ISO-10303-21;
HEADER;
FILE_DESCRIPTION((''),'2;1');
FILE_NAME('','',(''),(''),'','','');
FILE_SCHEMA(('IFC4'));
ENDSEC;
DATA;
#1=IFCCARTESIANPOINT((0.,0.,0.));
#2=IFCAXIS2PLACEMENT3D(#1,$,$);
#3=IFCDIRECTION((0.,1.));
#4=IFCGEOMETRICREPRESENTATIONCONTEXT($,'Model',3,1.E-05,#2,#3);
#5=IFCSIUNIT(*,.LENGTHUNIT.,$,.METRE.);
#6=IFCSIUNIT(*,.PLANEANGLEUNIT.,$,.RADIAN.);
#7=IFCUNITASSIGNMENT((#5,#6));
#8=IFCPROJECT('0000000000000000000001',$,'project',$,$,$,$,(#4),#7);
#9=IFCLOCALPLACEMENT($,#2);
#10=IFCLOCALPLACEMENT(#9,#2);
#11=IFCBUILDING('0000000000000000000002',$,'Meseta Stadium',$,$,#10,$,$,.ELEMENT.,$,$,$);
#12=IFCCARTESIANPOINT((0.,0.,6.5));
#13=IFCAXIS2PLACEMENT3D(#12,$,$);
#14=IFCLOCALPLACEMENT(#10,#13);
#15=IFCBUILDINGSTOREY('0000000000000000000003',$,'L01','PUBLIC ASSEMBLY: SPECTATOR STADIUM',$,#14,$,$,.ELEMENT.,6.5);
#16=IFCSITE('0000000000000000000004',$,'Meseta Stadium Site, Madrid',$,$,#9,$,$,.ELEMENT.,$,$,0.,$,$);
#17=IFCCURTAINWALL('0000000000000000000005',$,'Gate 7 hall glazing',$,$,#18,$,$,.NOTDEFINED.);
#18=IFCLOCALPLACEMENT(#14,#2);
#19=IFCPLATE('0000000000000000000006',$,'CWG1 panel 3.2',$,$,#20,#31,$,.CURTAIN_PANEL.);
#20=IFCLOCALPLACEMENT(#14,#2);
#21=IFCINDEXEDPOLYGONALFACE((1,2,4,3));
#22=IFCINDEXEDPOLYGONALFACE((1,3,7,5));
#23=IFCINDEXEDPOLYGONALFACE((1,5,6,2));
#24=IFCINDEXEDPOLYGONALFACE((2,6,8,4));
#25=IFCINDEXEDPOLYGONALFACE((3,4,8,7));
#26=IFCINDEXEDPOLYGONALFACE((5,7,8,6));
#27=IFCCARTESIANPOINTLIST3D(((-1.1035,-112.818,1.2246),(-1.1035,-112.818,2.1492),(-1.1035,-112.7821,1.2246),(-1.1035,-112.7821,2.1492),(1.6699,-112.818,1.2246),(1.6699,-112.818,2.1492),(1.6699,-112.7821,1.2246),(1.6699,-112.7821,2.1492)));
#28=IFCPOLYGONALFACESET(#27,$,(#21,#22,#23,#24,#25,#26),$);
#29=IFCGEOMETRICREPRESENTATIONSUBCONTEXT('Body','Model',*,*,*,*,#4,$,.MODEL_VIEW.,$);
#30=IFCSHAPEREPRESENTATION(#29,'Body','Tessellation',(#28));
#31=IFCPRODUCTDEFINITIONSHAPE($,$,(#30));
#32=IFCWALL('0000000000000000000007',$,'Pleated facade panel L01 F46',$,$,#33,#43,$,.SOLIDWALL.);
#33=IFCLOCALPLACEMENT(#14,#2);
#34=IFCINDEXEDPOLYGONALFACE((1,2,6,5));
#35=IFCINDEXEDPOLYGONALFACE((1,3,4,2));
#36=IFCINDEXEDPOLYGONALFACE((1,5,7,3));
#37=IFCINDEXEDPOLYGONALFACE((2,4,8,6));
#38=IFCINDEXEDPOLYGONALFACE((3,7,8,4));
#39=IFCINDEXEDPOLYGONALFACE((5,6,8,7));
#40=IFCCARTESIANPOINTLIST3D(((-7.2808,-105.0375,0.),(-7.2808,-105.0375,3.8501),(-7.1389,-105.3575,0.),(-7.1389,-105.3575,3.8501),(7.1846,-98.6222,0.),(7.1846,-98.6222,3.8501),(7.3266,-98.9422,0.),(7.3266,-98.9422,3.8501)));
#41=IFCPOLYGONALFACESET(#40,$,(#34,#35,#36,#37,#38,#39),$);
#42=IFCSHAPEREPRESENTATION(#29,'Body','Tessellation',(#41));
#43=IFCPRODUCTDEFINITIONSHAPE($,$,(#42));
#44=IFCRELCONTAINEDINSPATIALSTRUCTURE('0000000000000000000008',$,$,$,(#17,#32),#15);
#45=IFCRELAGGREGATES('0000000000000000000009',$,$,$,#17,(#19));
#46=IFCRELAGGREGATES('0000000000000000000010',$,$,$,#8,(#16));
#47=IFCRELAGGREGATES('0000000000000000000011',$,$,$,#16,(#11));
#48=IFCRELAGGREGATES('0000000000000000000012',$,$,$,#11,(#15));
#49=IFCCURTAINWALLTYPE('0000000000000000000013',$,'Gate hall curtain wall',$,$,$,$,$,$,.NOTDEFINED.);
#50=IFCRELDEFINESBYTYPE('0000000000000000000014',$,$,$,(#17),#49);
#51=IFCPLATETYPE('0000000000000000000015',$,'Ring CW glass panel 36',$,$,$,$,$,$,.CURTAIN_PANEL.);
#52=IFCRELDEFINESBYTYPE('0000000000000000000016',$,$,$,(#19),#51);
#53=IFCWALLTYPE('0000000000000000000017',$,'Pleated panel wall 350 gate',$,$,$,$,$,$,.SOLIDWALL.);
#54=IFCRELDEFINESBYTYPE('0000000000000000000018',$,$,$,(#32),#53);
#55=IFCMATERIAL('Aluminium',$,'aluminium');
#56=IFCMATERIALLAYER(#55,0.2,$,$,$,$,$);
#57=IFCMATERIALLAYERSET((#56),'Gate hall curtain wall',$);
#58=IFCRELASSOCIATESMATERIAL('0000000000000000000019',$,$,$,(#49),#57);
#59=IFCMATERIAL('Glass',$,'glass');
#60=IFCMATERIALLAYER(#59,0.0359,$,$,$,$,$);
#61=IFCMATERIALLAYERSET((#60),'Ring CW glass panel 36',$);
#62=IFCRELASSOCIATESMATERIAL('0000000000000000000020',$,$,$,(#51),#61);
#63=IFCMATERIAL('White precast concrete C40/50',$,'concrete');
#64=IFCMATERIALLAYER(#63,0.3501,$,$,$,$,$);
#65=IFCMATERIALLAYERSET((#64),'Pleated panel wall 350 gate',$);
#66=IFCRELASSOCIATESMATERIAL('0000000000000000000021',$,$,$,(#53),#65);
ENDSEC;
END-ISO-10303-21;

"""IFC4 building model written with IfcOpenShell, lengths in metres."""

from ifc_helpers import new_model, si_unit, direction, frame, frame_2d, origin, origin_2d, place, context, subcontext, project, spatial, rectangle, extrude, material, layer, layer_set, type_object, element, aggregate, save


model = new_model("IFC4")

# Units and contexts
model_context = context("Model", 3, precision=1e-05, world=origin(), true_north=direction((0.0, 1.0)))
body_context = subcontext(model_context, "Body", "Model", "MODEL_VIEW")
ifc_project = project(units=[si_unit("LENGTHUNIT", "METRE"), si_unit("PLANEANGLEUNIT", "RADIAN")], contexts=[model_context])

# Site, building, storey
site_placement = place(None, origin())
site = spatial("IfcSite", under=ifc_project, at=site_placement, Name="Meseta Stadium Site, Madrid", CompositionType="ELEMENT", RefElevation=0.0)
building_placement = place(site_placement, origin())
building = spatial("IfcBuilding", under=site, at=building_placement, Name="Meseta Stadium", CompositionType="ELEMENT")
storey_placement = place(building_placement, frame((0.0, 0.0, 6.5)))
storey = spatial("IfcBuildingStorey", under=building, at=storey_placement, Name="L01", Description="PUBLIC ASSEMBLY: SPECTATOR STADIUM", CompositionType="ELEMENT", Elevation=6.5)

# Curtain wall
ifc_material_1 = material(Name="Aluminium", Category="aluminium")
ifc_layer_1 = layer(ifc_material_1, 0.2)
ifc_layer_set_1 = layer_set([ifc_layer_1], Name="Gate hall curtain wall")
curtain_wall_type = type_object("IfcCurtainWallType", Name="Gate hall curtain wall", PredefinedType="NOTDEFINED", material=ifc_layer_set_1)
curtain_wall_placement = place(storey_placement, origin())
curtain_wall = element("IfcCurtainWall", 1, at=curtain_wall_placement, inside=storey, type_object=curtain_wall_type, Name="Gate 7 hall glazing", PredefinedType="NOTDEFINED")

# Plate
ifc_material_2 = material(Name="Glass", Category="glass")
ifc_layer_2 = layer(ifc_material_2, 0.0359)
ifc_layer_set_2 = layer_set([ifc_layer_2], Name="Ring CW glass panel 36")
plate_type = type_object("IfcPlateType", Name="Ring CW glass panel 36", PredefinedType="CURTAIN_PANEL", material=ifc_layer_set_2)
plate_1_placement = place(storey_placement, frame((0.2832, -112.8, 1.2246), z_axis=(0.0, 0.0, 1.0), x_axis=(-1.0, 0.0, 0.0)))
plate_1 = element("IfcPlate", 2, at=plate_1_placement, type_object=plate_type, Name="CWG1 panel 3.2", PredefinedType="CURTAIN_PANEL", context=body_context, shape_type="SweptSolid", body=[
    extrude(rectangle(XDim=2.7734, YDim=0.0359, at=origin_2d()), origin(), (0.0, 0.0, 1.0), 0.9246),
])
aggregate(curtain_wall, [plate_1])

# Wall
ifc_material_3 = material(Name="White precast concrete C40/50", Category="concrete")
ifc_layer_3 = layer(ifc_material_3, 0.3501)
ifc_layer_set_3 = layer_set([ifc_layer_3], Name="Pleated panel wall 350 gate")
wall_type = type_object("IfcWallType", Name="Pleated panel wall 350 gate", PredefinedType="SOLIDWALL", material=ifc_layer_set_3)
wall_placement = place(storey_placement, frame((7.2556, -98.7822, 0.0), z_axis=(0.0, 0.0, 1.0), x_axis=(-0.914136, -0.405407, 0.0)))
element("IfcWall", 3, at=wall_placement, inside=storey, type_object=wall_type, Name="Pleated facade panel L01 F46", PredefinedType="SOLIDWALL", context=body_context, shape_type="SweptSolid", body=[
    extrude(rectangle(XDim=15.8242, YDim=0.3501, at=frame_2d((7.9121, 0.0))), origin(), (0.0, 0.0, 1.0), 3.8501),
])

save(model, "model.ifc")
